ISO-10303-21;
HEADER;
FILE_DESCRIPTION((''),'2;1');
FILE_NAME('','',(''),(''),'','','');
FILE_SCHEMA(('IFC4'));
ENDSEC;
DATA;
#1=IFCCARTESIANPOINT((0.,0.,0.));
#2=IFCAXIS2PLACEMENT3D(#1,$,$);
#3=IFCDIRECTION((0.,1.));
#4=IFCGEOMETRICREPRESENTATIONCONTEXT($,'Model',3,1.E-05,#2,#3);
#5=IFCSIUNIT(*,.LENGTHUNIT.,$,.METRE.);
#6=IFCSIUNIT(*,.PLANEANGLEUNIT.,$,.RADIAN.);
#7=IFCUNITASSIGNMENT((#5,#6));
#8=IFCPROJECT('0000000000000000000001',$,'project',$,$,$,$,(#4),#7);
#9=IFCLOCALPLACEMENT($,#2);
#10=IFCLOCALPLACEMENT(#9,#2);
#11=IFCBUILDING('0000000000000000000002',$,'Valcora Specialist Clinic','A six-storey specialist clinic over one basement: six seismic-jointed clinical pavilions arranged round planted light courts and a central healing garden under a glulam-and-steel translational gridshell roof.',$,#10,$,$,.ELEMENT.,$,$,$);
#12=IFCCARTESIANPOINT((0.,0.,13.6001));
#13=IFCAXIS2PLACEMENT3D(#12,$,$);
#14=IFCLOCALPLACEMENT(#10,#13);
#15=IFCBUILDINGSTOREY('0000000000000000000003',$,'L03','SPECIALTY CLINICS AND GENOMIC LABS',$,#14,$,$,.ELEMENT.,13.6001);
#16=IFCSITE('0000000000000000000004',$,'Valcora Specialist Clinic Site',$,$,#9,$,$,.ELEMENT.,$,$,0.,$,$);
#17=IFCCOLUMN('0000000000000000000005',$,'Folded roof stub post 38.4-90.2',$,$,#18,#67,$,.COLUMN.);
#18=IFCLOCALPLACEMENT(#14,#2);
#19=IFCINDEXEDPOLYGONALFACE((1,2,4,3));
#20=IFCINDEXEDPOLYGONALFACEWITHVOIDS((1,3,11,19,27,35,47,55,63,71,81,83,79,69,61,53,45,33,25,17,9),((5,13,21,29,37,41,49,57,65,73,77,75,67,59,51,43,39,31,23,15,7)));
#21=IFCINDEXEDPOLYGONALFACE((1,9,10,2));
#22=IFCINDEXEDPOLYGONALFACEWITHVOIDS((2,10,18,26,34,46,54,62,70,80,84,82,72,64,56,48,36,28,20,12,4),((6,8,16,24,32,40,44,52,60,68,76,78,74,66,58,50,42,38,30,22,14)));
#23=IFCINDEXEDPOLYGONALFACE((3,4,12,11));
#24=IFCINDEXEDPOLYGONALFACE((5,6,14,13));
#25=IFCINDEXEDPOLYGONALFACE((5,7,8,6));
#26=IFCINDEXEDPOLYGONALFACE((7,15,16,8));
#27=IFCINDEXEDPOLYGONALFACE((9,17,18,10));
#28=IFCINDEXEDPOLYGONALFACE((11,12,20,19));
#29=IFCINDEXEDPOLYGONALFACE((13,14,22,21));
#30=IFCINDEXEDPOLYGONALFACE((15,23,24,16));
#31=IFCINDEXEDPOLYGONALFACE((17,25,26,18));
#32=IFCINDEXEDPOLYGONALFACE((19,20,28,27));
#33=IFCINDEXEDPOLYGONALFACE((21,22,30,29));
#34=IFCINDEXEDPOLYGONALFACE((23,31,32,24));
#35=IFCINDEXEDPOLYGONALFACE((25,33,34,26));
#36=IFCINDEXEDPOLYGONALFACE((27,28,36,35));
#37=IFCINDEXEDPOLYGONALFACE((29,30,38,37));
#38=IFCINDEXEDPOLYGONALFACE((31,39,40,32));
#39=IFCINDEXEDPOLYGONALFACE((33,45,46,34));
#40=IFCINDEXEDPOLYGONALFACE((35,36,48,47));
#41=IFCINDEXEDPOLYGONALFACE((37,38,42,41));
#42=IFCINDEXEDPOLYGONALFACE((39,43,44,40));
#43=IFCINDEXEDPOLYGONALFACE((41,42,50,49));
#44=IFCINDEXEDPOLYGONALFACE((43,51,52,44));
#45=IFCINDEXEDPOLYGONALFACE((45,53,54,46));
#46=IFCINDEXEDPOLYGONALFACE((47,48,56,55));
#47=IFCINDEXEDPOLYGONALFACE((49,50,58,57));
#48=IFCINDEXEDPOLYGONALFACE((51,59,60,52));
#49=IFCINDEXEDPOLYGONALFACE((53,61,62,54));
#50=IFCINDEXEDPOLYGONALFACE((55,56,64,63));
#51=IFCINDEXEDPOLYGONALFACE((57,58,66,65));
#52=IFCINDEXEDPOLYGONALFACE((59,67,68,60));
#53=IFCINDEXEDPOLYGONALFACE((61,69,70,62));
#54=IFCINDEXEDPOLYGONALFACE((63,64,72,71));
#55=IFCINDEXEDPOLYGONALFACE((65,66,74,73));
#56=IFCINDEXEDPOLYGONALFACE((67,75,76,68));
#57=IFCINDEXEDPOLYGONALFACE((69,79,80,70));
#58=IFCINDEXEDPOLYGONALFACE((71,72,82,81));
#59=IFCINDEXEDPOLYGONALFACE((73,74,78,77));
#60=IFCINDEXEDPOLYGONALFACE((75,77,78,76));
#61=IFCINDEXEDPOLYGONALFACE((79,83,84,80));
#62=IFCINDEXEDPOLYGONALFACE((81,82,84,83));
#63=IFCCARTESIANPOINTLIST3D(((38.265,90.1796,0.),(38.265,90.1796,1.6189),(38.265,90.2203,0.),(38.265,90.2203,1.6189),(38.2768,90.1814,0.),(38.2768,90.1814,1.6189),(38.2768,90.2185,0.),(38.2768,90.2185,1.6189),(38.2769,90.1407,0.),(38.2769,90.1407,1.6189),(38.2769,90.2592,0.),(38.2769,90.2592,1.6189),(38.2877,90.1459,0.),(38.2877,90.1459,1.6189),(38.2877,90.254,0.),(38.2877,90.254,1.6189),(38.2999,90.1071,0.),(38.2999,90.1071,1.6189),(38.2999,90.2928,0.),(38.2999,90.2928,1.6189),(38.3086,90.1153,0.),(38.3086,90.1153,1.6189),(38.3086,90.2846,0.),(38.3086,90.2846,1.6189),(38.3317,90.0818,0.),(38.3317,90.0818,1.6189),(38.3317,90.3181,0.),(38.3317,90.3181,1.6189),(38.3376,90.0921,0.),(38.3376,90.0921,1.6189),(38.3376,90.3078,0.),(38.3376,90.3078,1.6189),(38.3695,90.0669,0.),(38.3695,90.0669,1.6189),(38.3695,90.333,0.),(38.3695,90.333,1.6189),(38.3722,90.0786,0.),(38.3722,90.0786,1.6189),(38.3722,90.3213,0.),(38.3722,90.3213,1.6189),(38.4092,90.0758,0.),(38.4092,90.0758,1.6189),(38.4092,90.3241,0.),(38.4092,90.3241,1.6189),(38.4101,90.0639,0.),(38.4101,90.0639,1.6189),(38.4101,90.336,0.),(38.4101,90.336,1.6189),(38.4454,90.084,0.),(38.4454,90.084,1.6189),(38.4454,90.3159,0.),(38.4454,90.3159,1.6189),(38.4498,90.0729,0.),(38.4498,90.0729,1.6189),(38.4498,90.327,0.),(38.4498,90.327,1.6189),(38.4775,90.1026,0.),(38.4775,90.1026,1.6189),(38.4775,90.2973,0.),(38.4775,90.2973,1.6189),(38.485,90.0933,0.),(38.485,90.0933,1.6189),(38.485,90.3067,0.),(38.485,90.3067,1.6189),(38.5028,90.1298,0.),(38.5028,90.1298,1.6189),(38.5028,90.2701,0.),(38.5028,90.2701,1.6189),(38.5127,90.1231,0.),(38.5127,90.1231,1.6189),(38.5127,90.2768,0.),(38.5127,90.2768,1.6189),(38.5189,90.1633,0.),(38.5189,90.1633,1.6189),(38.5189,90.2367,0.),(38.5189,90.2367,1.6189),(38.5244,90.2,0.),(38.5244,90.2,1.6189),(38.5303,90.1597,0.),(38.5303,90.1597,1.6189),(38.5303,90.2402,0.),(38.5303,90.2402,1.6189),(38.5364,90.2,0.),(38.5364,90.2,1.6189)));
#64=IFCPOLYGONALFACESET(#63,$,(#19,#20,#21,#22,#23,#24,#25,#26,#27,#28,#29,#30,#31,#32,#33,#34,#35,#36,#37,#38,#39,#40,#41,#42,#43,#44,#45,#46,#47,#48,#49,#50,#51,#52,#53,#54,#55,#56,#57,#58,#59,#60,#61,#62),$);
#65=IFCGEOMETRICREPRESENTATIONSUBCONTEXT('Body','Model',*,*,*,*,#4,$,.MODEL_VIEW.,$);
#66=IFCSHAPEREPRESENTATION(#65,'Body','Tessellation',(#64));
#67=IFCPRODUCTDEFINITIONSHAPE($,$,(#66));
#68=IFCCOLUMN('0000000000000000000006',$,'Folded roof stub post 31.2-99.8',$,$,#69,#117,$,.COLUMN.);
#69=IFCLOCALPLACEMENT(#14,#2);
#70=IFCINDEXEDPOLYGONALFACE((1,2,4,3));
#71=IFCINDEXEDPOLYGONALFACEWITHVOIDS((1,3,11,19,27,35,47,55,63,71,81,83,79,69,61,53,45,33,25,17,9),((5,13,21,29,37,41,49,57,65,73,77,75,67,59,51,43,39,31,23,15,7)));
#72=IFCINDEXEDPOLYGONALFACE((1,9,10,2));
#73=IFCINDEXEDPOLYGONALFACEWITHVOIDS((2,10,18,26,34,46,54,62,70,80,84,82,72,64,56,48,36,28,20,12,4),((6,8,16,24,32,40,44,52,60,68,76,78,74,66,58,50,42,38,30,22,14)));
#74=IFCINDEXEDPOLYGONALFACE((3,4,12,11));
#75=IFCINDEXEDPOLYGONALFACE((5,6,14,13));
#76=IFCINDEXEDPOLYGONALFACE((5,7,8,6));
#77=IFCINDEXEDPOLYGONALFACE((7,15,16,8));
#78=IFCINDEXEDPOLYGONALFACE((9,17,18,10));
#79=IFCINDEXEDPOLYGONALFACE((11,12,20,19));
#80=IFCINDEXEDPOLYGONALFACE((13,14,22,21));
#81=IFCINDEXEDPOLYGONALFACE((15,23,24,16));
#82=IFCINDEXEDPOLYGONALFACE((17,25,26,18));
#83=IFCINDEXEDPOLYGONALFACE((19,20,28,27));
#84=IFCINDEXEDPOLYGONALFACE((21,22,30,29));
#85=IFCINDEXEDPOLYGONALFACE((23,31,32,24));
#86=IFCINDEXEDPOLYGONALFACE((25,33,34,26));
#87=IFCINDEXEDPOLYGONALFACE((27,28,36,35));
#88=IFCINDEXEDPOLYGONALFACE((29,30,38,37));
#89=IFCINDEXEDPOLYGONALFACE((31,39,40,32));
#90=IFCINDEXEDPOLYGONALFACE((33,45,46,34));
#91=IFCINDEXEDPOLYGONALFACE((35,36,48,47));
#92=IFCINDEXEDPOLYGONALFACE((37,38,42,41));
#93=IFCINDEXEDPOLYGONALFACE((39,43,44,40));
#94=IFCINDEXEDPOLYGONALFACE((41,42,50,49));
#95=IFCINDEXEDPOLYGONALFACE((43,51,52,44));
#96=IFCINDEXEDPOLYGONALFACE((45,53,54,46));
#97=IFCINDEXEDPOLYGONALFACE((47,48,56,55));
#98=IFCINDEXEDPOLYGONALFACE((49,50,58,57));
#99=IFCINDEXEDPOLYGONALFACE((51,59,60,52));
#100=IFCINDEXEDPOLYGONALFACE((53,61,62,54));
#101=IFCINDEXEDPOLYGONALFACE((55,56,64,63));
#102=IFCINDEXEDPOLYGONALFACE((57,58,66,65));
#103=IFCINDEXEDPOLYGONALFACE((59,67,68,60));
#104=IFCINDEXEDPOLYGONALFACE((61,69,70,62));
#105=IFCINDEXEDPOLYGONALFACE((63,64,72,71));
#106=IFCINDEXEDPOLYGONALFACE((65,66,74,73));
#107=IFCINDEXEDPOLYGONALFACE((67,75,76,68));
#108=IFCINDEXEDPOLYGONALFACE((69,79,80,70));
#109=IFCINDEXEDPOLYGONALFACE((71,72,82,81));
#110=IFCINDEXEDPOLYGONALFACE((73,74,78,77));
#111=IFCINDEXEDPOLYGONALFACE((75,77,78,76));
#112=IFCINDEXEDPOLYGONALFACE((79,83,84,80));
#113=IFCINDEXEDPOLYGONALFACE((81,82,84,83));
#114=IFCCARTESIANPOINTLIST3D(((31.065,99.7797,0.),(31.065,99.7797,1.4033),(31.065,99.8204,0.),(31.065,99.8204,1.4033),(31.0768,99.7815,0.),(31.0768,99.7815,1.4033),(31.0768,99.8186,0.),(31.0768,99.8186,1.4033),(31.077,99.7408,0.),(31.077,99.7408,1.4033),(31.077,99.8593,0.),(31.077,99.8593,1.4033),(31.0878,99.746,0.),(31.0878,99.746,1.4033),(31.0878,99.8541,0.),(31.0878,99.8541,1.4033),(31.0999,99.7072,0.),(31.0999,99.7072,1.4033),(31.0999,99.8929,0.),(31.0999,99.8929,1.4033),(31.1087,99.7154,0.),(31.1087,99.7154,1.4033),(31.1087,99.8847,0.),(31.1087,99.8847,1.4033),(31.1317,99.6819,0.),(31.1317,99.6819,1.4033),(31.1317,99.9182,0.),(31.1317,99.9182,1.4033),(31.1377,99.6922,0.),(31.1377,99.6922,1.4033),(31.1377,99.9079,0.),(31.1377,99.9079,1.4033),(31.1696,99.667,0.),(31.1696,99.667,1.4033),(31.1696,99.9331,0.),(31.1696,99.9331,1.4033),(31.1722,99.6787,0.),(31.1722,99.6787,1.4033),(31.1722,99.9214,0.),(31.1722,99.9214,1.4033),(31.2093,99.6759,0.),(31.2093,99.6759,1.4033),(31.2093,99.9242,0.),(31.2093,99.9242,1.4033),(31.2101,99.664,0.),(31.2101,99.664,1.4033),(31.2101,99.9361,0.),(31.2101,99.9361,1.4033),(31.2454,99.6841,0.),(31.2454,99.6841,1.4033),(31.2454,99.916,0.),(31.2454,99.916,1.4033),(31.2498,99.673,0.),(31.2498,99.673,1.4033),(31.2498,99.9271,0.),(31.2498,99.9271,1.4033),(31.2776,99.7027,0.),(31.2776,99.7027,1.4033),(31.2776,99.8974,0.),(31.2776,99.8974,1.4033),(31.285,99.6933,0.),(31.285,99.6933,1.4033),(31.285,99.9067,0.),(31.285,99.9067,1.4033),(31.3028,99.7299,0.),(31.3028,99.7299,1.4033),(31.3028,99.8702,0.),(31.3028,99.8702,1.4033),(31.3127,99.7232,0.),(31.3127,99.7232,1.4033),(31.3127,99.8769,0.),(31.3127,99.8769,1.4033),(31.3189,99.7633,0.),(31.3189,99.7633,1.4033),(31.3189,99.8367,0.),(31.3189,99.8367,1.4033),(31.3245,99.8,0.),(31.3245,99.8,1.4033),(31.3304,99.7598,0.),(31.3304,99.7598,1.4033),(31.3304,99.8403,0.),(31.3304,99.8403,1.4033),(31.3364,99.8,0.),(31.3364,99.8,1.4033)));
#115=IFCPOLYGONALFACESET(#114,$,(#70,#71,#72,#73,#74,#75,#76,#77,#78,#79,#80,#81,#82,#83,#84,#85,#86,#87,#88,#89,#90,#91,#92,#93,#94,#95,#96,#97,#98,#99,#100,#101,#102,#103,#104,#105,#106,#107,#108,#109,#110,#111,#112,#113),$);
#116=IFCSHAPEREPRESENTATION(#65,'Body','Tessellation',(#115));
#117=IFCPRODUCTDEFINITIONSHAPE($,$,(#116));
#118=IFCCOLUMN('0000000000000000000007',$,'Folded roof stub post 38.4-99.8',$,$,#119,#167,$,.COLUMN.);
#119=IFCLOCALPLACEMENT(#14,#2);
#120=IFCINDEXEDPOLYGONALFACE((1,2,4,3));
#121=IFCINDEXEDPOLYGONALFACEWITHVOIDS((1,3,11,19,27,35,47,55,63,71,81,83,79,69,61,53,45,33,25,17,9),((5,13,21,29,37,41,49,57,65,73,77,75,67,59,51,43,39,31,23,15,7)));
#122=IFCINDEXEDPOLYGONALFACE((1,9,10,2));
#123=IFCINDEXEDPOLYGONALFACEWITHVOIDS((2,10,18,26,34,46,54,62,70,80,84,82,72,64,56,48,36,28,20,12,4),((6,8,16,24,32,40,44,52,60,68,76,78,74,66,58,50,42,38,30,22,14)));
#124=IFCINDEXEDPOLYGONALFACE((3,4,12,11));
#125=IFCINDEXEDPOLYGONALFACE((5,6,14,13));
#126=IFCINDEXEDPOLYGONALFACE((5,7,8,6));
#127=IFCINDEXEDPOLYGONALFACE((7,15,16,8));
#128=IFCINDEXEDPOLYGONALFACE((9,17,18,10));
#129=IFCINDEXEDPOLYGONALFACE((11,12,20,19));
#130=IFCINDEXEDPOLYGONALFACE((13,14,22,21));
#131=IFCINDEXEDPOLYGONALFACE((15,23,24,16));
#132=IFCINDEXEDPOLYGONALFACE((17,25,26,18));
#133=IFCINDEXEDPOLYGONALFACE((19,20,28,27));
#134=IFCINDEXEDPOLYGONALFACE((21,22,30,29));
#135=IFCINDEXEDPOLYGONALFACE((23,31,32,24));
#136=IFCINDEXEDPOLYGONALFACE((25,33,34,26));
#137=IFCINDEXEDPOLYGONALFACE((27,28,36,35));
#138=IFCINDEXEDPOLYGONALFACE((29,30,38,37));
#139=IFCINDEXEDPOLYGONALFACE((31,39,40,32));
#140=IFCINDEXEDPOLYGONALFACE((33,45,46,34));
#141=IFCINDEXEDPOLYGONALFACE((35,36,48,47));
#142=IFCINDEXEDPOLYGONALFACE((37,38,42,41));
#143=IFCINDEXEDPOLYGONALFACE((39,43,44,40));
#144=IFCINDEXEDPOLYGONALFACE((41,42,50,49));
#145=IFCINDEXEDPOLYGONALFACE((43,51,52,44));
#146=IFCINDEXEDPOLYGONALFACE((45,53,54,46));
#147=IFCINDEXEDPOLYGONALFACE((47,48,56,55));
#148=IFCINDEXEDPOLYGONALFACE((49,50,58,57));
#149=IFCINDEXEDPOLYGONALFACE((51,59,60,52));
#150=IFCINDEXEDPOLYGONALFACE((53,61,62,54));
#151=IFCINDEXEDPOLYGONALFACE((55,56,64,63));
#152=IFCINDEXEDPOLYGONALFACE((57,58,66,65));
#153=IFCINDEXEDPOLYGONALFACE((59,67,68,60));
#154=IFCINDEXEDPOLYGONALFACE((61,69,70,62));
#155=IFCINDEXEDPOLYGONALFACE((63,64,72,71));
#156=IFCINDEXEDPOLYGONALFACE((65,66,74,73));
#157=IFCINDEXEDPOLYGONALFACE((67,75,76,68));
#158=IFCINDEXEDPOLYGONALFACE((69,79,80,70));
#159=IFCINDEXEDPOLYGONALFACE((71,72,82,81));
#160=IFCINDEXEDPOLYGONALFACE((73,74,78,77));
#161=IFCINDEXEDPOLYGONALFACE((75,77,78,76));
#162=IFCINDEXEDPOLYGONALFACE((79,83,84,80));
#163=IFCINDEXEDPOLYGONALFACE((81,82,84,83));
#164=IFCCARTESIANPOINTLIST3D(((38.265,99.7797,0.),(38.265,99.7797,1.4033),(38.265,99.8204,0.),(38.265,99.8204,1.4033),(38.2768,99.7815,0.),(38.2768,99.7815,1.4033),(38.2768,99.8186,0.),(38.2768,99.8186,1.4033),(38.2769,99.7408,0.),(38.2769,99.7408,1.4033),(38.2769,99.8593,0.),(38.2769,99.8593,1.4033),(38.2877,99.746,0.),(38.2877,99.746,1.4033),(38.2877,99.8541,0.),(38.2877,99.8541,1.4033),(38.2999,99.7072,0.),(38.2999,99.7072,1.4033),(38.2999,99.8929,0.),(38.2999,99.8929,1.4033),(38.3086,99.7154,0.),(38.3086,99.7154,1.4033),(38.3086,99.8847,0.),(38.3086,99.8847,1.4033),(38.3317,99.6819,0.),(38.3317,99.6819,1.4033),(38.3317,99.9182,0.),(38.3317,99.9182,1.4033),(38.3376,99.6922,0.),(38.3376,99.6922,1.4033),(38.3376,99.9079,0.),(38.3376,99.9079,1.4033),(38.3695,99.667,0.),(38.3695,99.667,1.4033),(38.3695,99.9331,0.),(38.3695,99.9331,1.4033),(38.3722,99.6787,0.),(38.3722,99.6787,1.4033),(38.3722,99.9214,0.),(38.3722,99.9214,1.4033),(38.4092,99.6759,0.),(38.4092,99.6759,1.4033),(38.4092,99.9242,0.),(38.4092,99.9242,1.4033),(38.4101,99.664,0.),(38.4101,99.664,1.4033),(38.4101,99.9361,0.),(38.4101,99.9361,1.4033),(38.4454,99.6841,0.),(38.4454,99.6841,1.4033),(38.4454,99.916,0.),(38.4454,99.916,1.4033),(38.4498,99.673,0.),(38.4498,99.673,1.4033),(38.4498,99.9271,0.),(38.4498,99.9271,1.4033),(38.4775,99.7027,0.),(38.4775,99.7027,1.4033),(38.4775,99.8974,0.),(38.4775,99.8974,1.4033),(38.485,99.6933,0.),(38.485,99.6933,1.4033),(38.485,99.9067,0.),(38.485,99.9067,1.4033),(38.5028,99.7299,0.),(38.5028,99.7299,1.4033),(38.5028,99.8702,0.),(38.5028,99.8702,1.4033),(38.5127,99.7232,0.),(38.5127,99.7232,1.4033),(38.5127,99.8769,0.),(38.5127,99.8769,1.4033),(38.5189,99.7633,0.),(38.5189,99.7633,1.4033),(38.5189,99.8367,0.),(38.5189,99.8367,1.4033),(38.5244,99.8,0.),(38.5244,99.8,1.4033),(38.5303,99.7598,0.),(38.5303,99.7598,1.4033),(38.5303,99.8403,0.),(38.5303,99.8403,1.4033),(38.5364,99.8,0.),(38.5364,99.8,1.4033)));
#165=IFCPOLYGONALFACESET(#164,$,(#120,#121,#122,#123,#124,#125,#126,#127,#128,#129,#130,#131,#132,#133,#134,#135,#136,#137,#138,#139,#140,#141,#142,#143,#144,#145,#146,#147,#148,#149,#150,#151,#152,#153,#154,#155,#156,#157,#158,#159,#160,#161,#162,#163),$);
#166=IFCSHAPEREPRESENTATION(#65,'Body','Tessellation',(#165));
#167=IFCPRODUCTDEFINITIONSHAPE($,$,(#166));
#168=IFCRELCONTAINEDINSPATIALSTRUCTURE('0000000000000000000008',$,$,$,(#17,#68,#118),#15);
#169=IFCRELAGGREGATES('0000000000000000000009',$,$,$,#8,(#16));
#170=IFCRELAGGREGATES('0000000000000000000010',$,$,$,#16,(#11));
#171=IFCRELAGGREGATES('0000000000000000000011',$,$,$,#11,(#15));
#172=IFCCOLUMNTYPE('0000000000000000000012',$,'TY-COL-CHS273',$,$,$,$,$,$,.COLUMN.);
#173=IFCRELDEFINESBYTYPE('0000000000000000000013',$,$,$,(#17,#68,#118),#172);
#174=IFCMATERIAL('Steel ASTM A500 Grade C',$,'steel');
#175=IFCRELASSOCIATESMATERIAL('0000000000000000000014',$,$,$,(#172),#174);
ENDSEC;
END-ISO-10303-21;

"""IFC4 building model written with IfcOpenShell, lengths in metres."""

from ifc_helpers import new_model, si_unit, direction, frame, origin, origin_2d, place, context, subcontext, project, spatial, hollow_circle, extrude, material, material_profile, profile_set, type_object, element, save


model = new_model("IFC4")

# Units and contexts
model_context = context("Model", 3, precision=1e-05, world=origin(), true_north=direction((0.0, 1.0)))
body_context = subcontext(model_context, "Body", "Model", "MODEL_VIEW")
ifc_project = project(units=[si_unit("LENGTHUNIT", "METRE"), si_unit("PLANEANGLEUNIT", "RADIAN")], contexts=[model_context])

# Site, building, storey
site_placement = place(None, origin())
site = spatial("IfcSite", under=ifc_project, at=site_placement, Name="Valcora Specialist Clinic Site", CompositionType="ELEMENT", RefElevation=0.0)
building_placement = place(site_placement, origin())
building = spatial("IfcBuilding", under=site, at=building_placement, Name="Valcora Specialist Clinic", Description="A six-storey specialist clinic over one basement: six seismic-jointed clinical pavilions arranged round planted light courts and a central healing garden under a glulam-and-steel translational gridshell roof.", CompositionType="ELEMENT")
storey_placement = place(building_placement, frame((0.0, 0.0, 13.6001)))
storey = spatial("IfcBuildingStorey", under=building, at=storey_placement, Name="L03", Description="SPECIALTY CLINICS AND GENOMIC LABS", CompositionType="ELEMENT", Elevation=13.6001)

# Columns
ifc_material_1 = material(Name="Steel ASTM A500 Grade C", Category="steel")
ifc_material_profile_1 = material_profile(ifc_material_1, hollow_circle(Radius=0.1365, WallThickness=0.012, at=origin_2d()), Name="ST-CHS-273X12")
ifc_profile_set_1 = profile_set([ifc_material_profile_1], Name="Steel ASTM A500 Grade C")
column_type = type_object("IfcColumnType", Name="TY-COL-CHS273", PredefinedType="COLUMN", material=ifc_profile_set_1)
column_placement = place(storey_placement, frame((38.3999, 90.2, 0.0), z_axis=(0.0, 0.0, 1.0), x_axis=(1.0, 0.0, 0.0)))
element("IfcColumn", 1, at=column_placement, inside=storey, type_object=column_type, Name="Folded roof stub post 38.4-90.2", PredefinedType="COLUMN", context=body_context, shape_type="SweptSolid", body=[
    extrude(hollow_circle(Radius=0.1365, WallThickness=0.012, at=origin_2d()), origin(), (0.0, 0.0, 1.0), 1.6189),
])
for number, where, z_axis, x_axis, name in (
    (2, (31.2, 99.8, 0.0), (0.0, 0.0, 1.0), (1.0, 0.0, 0.0), "Folded roof stub post 31.2-99.8"),
    (3, (38.3999, 99.8, 0.0), (0.0, 0.0, 1.0), (1.0, 0.0, 0.0), "Folded roof stub post 38.4-99.8"),
):
    element("IfcColumn", number, at=place(storey_placement, frame(where, z_axis=z_axis, x_axis=x_axis)), inside=storey, type_object=column_type, Name=name, PredefinedType="COLUMN", context=body_context, shape_type="SweptSolid", body=[
        extrude(hollow_circle(Radius=0.1365, WallThickness=0.012, at=origin_2d()), origin(), (0.0, 0.0, 1.0), 1.4033),
    ])

save(model, "model.ifc")
